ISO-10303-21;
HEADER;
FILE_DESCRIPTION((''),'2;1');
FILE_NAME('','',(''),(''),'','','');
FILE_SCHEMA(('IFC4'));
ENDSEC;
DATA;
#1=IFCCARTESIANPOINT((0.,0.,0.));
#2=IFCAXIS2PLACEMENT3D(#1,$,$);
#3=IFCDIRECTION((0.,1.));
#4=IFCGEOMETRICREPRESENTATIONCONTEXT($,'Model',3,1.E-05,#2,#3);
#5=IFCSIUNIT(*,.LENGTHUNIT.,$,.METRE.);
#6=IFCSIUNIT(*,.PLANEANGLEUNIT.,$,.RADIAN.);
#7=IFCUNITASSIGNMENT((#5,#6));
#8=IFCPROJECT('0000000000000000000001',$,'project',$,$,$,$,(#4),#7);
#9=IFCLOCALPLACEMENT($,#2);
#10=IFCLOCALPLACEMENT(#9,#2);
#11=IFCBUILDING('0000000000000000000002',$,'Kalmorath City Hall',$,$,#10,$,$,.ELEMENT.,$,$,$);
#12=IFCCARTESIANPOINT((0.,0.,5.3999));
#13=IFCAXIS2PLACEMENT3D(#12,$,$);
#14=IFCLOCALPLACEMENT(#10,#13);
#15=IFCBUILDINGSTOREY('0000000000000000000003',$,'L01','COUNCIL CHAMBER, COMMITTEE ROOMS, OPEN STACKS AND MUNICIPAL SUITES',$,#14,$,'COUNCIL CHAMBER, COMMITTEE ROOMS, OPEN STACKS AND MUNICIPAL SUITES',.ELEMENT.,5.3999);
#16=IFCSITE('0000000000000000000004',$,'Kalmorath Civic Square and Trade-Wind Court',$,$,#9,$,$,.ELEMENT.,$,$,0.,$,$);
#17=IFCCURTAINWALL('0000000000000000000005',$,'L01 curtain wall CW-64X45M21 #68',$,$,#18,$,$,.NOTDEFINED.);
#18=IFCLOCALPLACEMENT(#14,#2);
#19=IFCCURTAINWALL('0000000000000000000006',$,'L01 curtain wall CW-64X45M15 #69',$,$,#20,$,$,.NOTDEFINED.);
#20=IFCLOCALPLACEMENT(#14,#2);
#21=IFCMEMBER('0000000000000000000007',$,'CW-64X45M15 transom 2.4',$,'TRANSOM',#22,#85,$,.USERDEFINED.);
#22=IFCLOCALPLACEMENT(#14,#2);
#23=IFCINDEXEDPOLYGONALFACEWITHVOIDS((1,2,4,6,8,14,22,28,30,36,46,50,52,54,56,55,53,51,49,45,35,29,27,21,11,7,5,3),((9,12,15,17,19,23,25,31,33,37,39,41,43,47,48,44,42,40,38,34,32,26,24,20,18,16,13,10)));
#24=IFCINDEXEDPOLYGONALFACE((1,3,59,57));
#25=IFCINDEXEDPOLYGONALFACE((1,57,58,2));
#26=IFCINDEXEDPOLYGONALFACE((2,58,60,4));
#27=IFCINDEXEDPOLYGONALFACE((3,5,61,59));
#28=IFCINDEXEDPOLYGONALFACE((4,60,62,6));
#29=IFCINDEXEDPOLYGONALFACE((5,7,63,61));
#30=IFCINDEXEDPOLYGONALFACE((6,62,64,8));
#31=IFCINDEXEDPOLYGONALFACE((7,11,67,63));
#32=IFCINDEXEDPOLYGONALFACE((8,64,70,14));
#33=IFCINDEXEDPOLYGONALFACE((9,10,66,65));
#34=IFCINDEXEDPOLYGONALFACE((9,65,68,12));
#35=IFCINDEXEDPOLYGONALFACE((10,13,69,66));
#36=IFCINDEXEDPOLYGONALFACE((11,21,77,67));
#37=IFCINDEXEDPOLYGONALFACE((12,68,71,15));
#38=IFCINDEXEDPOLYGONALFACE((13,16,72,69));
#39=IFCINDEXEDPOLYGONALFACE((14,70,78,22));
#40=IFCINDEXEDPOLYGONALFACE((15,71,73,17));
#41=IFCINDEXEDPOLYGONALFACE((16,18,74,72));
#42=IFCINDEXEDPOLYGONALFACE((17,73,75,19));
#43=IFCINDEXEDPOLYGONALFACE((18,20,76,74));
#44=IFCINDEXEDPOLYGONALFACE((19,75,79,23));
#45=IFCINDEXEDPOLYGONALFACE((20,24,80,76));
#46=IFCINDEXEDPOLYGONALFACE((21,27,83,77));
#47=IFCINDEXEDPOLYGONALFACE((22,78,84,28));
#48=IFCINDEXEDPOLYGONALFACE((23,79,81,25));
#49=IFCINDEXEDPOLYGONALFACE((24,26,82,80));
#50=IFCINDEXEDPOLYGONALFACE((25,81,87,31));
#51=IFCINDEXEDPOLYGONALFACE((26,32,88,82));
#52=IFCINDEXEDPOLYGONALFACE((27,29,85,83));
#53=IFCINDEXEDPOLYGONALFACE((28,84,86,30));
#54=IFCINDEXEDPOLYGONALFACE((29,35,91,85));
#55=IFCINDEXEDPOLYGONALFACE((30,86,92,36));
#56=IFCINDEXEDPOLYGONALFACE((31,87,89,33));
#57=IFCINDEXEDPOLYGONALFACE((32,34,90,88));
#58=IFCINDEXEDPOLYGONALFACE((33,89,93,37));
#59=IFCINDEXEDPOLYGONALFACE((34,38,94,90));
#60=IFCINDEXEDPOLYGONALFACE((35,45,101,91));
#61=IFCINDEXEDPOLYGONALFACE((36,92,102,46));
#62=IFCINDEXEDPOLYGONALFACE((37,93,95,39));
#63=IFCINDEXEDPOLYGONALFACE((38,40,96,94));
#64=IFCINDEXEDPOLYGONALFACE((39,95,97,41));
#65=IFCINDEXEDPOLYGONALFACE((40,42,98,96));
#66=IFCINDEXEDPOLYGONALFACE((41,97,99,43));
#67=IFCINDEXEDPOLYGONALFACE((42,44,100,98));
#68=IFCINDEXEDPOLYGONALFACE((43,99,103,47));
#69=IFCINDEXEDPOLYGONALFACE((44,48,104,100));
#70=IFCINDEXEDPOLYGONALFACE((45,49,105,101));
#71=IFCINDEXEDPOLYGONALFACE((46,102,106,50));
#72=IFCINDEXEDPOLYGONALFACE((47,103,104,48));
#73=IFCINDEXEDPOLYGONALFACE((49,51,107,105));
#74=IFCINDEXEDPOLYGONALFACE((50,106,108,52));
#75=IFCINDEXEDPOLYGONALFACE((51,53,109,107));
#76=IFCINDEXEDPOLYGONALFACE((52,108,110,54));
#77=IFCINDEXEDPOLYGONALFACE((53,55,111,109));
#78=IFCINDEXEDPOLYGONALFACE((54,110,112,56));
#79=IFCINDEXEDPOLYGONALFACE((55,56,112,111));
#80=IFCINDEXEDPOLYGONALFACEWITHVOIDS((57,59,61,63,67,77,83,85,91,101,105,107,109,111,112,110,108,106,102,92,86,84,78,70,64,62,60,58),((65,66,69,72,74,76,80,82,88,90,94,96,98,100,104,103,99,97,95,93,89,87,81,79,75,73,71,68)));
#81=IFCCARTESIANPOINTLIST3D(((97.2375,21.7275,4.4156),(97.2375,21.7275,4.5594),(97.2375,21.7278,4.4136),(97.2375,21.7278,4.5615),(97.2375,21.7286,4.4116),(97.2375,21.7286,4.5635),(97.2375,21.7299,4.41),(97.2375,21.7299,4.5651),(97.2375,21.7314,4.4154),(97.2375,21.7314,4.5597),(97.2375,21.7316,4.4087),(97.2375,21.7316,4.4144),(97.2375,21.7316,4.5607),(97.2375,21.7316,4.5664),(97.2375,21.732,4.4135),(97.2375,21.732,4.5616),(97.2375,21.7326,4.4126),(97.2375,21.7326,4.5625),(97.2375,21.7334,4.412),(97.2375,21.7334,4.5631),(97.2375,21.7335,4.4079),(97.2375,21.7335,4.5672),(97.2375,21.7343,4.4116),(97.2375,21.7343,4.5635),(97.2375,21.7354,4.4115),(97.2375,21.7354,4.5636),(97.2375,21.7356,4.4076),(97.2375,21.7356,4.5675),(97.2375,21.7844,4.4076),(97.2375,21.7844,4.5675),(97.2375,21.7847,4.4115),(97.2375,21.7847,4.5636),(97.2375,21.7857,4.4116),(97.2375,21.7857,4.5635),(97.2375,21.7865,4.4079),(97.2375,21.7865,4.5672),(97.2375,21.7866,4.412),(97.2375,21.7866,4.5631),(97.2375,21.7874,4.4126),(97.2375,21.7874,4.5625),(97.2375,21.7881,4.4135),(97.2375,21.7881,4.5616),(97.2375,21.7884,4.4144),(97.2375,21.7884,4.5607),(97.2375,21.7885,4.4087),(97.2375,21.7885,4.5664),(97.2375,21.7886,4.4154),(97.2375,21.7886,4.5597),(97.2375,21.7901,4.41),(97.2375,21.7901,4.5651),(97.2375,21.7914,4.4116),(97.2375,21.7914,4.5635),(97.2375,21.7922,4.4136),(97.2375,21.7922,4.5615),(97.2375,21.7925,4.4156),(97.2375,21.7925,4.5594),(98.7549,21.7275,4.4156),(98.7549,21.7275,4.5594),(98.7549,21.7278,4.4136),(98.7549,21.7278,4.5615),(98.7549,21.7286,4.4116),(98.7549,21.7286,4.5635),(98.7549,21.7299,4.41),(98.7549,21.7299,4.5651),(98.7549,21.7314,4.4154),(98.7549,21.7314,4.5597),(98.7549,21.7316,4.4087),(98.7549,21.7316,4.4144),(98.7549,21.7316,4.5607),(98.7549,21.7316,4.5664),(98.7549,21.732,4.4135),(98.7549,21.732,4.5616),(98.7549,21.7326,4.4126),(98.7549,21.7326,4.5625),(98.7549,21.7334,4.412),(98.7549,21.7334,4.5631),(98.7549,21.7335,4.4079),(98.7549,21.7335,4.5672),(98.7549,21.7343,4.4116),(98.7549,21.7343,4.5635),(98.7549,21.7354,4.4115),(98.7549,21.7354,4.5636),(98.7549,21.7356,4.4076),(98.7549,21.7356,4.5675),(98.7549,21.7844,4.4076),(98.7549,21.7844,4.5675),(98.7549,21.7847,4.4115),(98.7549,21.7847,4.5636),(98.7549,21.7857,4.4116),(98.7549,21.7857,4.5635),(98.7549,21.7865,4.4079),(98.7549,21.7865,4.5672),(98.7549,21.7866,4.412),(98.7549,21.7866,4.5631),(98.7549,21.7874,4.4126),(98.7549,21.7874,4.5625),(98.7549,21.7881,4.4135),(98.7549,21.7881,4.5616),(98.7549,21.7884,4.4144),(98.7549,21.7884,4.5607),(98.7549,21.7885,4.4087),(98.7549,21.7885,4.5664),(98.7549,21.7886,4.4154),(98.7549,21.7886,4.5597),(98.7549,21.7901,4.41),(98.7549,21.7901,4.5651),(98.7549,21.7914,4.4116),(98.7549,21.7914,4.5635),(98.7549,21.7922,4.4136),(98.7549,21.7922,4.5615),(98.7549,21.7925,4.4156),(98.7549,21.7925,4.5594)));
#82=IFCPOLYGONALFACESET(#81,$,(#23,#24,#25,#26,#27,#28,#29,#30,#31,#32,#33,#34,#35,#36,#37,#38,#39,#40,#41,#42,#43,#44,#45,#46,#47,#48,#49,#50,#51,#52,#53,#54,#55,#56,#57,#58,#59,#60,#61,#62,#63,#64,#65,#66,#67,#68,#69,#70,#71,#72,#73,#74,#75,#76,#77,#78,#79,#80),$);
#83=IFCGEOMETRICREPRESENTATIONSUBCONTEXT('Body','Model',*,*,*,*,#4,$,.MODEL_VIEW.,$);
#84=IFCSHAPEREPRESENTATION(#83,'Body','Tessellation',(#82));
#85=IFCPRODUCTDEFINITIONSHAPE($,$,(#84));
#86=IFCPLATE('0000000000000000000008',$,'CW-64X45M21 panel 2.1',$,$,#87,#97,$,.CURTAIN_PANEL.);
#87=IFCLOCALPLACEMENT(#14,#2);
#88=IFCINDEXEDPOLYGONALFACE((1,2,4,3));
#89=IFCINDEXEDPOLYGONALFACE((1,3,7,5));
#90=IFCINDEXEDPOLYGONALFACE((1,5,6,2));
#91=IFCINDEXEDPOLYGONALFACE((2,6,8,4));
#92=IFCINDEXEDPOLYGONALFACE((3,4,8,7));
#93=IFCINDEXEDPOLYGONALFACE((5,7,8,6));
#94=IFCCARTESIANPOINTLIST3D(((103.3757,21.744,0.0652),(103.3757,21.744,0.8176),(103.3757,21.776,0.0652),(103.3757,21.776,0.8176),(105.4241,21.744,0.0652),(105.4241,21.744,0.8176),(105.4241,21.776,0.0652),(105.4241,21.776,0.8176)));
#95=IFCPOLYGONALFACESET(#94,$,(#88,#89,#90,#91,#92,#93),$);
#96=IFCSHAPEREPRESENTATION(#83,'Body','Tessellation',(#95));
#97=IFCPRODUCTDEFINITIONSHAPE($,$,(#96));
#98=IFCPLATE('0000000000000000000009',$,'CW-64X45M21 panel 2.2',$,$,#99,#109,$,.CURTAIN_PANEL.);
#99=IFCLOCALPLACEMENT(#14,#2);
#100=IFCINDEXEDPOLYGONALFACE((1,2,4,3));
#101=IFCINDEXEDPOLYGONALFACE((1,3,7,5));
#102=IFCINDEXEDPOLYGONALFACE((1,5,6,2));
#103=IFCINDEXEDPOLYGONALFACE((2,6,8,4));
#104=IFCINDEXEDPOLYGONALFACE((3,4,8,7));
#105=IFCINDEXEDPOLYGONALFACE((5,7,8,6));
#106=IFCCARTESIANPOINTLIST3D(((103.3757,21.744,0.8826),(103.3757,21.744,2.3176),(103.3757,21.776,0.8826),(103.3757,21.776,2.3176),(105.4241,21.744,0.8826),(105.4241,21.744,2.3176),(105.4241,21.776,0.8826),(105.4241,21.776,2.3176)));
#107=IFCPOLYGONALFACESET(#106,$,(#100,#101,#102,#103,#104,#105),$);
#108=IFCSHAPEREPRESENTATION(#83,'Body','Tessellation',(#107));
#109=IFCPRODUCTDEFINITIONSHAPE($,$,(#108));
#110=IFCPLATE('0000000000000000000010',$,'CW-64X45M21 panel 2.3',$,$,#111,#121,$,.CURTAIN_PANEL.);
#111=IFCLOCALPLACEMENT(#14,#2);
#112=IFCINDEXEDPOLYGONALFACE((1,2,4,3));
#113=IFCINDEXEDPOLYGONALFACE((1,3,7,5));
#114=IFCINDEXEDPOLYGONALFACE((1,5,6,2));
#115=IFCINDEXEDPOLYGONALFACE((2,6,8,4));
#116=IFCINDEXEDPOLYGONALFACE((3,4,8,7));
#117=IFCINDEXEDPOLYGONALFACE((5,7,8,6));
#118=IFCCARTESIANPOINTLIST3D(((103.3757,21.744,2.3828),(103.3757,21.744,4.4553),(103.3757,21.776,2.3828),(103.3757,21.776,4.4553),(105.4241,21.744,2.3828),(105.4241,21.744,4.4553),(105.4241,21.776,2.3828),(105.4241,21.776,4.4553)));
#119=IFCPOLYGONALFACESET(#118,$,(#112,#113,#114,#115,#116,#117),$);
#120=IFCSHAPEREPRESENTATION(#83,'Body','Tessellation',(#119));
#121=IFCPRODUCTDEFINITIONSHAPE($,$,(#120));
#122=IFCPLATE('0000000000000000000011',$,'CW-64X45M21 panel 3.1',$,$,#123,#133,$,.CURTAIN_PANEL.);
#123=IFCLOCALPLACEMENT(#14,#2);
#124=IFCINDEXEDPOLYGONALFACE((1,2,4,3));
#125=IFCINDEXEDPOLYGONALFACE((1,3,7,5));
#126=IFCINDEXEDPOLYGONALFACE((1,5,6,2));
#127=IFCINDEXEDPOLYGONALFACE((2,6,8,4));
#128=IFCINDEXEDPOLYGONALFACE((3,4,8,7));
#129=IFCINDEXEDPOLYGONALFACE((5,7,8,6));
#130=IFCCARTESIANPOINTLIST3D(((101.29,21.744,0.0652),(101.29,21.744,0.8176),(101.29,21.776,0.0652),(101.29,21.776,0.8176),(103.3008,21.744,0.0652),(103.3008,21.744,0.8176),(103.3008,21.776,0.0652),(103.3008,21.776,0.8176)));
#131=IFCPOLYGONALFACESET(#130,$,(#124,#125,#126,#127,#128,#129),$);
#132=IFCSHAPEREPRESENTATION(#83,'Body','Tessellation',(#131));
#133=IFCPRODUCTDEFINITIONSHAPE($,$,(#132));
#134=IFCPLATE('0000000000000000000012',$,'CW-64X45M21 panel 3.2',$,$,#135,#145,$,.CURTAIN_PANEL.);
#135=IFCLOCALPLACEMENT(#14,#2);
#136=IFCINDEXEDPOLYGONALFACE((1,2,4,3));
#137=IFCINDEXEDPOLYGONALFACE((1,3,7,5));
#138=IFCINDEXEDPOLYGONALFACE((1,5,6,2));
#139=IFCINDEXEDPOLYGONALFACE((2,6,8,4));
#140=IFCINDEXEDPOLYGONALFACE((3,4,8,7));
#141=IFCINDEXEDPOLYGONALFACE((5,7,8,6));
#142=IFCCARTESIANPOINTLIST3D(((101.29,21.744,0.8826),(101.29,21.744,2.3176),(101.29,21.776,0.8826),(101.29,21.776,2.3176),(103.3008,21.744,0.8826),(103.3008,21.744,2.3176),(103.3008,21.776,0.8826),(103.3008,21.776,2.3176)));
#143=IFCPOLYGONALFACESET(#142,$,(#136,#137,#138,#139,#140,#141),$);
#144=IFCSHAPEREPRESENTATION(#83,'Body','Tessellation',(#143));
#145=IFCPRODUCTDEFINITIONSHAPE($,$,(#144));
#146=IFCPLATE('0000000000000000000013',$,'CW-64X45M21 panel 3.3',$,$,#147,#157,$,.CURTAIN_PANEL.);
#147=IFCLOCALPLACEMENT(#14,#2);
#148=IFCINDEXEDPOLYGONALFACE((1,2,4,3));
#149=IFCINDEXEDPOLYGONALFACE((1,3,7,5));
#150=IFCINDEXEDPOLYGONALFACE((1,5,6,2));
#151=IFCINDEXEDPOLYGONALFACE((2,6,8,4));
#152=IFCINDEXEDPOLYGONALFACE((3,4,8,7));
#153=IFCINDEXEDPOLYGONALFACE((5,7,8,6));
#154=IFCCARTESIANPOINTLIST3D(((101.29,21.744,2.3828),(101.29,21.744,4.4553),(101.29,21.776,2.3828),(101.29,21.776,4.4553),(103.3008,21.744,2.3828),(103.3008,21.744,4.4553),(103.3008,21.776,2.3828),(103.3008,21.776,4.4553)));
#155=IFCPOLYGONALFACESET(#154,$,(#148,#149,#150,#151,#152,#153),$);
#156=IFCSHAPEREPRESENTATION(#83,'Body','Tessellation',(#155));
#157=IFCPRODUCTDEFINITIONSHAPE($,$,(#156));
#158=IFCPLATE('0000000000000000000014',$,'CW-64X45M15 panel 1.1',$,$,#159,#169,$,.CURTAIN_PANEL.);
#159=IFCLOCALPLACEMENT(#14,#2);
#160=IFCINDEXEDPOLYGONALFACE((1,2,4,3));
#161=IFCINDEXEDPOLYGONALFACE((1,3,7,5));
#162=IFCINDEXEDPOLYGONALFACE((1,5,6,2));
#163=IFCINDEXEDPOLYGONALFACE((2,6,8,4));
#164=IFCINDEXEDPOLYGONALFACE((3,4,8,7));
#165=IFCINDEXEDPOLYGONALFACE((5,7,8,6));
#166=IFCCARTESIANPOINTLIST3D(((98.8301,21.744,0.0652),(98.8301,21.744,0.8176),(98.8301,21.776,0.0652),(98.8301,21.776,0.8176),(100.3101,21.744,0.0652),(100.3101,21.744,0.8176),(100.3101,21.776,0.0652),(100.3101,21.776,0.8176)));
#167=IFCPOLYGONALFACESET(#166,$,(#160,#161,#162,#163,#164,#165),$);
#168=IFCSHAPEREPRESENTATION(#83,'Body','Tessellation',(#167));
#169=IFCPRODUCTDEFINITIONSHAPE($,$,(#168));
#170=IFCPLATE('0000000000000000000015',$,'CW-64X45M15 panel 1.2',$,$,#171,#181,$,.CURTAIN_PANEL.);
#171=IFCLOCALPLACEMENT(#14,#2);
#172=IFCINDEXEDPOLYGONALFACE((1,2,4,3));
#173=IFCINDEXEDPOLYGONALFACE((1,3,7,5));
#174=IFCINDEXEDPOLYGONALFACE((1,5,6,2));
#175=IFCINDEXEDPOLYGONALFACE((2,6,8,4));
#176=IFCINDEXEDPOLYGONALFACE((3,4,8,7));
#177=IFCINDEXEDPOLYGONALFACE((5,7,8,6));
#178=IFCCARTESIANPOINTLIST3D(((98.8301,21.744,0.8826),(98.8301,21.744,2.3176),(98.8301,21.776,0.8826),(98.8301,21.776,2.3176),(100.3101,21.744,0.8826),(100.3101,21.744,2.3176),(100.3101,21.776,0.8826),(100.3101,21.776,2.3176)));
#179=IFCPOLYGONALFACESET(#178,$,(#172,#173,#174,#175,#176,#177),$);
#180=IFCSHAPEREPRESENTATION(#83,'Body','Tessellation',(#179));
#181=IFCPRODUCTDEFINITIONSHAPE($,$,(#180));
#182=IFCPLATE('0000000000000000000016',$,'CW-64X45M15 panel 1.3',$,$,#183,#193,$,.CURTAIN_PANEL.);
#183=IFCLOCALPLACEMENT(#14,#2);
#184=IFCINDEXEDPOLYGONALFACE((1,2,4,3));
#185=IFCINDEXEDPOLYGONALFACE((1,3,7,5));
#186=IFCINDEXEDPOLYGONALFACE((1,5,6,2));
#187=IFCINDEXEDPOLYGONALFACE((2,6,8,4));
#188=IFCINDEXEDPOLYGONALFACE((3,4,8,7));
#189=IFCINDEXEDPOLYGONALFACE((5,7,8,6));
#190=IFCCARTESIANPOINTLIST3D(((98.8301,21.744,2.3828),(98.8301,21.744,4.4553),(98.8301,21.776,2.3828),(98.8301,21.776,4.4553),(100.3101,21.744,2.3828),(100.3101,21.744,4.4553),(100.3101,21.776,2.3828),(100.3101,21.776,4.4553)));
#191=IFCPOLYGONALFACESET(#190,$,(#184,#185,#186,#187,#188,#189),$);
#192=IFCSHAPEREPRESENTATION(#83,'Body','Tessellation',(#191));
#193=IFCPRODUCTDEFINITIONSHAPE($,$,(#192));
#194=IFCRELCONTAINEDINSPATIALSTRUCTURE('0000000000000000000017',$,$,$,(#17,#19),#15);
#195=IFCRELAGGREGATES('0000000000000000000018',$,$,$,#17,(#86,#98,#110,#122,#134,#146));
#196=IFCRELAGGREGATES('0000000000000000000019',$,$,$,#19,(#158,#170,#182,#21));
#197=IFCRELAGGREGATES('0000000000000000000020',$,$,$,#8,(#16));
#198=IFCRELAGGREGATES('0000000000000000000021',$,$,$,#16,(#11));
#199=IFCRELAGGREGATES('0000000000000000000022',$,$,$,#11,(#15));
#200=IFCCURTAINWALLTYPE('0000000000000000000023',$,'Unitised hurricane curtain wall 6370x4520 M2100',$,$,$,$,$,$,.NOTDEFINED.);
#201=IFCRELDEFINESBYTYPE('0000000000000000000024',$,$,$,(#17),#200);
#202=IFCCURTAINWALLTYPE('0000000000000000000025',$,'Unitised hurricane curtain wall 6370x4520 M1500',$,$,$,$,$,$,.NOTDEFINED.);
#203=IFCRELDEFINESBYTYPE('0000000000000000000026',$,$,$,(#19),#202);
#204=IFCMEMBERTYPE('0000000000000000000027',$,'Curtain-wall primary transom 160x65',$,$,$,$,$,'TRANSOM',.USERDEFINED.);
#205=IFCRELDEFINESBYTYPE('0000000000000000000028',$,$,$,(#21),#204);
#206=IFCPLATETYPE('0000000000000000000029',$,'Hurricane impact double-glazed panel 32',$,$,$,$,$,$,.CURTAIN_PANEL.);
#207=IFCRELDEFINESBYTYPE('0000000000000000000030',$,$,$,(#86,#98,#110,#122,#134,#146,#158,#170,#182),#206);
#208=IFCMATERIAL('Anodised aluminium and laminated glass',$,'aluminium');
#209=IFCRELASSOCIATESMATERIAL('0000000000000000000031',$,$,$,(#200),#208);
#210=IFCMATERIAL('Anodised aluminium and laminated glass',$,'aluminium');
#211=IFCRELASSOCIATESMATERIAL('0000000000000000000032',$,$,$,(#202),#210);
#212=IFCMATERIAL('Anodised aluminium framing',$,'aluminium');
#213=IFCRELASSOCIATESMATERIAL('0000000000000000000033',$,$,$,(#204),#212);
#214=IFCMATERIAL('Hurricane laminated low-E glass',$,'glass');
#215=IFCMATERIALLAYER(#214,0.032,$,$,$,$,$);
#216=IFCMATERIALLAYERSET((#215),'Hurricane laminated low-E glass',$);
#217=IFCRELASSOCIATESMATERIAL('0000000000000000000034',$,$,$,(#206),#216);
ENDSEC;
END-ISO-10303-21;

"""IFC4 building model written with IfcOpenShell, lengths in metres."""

from ifc_helpers import new_model, si_unit, direction, frame, origin, origin_2d, place, context, subcontext, project, spatial, rectangle, hollow_rectangle, extrude, material, layer, layer_set, material_profile, profile_set, type_object, element, aggregate, save


model = new_model("IFC4")

# Units and contexts
model_context = context("Model", 3, precision=1e-05, world=origin(), true_north=direction((0.0, 1.0)))
body_context = subcontext(model_context, "Body", "Model", "MODEL_VIEW")
ifc_project = project(units=[si_unit("LENGTHUNIT", "METRE"), si_unit("PLANEANGLEUNIT", "RADIAN")], contexts=[model_context])

# Site, building, storey
site_placement = place(None, origin())
site = spatial("IfcSite", under=ifc_project, at=site_placement, Name="Kalmorath Civic Square and Trade-Wind Court", CompositionType="ELEMENT", RefElevation=0.0)
building_placement = place(site_placement, origin())
building = spatial("IfcBuilding", under=site, at=building_placement, Name="Kalmorath City Hall", CompositionType="ELEMENT")
storey_placement = place(building_placement, frame((0.0, 0.0, 5.3999)))
storey = spatial("IfcBuildingStorey", under=building, at=storey_placement, Name="L01", Description="COUNCIL CHAMBER, COMMITTEE ROOMS, OPEN STACKS AND MUNICIPAL SUITES", LongName="COUNCIL CHAMBER, COMMITTEE ROOMS, OPEN STACKS AND MUNICIPAL SUITES", CompositionType="ELEMENT", Elevation=5.3999)

# Curtain walls
ifc_material_1 = material(Name="Anodised aluminium and laminated glass", Category="aluminium")
curtain_wall_type_1 = type_object("IfcCurtainWallType", Name="Unitised hurricane curtain wall 6370x4520 M2100", PredefinedType="NOTDEFINED", material=ifc_material_1)
curtain_wall_1_placement = place(storey_placement, origin())
curtain_wall_1 = element("IfcCurtainWall", 1, at=curtain_wall_1_placement, inside=storey, type_object=curtain_wall_type_1, Name="L01 curtain wall CW-64X45M21 #68", PredefinedType="NOTDEFINED")
ifc_material_2 = material(Name="Anodised aluminium and laminated glass", Category="aluminium")
curtain_wall_type_2 = type_object("IfcCurtainWallType", Name="Unitised hurricane curtain wall 6370x4520 M1500", PredefinedType="NOTDEFINED", material=ifc_material_2)
curtain_wall_2_placement = place(storey_placement, origin())
curtain_wall_2 = element("IfcCurtainWall", 2, at=curtain_wall_2_placement, inside=storey, type_object=curtain_wall_type_2, Name="L01 curtain wall CW-64X45M15 #69", PredefinedType="NOTDEFINED")

# Member
ifc_material_3 = material(Name="Anodised aluminium framing", Category="aluminium")
ifc_material_profile_1 = material_profile(ifc_material_3, hollow_rectangle(XDim=0.0649, YDim=0.1599, WallThickness=0.0039, InnerFilletRadius=0.0039, OuterFilletRadius=0.0081, at=origin_2d()), Name="ALU-TRN-160X65X4")
ifc_profile_set_1 = profile_set([ifc_material_profile_1], Name="Anodised aluminium framing")
member_type_1 = type_object("IfcMemberType", Name="Curtain-wall primary transom 160x65", ElementType="TRANSOM", PredefinedType="USERDEFINED", material=ifc_profile_set_1)
member_1_placement = place(storey_placement, frame((98.7549, 21.76, 4.4875), z_axis=(-1.0, 0.0, 0.0), x_axis=(0.0, -1.0, 0.0)))
member_1 = element("IfcMember", 3, at=member_1_placement, type_object=member_type_1, Name="CW-64X45M15 transom 2.4", ObjectType="TRANSOM", PredefinedType="USERDEFINED", context=body_context, shape_type="SweptSolid", body=[
    extrude(hollow_rectangle(XDim=0.0649, YDim=0.1599, WallThickness=0.0039, InnerFilletRadius=0.0039, OuterFilletRadius=0.0081, at=origin_2d()), origin(), (0.0, 0.0, 1.0), 1.5173),
])

# Plates
ifc_material_4 = material(Name="Hurricane laminated low-E glass", Category="glass")
ifc_layer = layer(ifc_material_4, 0.032)
ifc_layer_set = layer_set([ifc_layer], Name="Hurricane laminated low-E glass")
plate_type = type_object("IfcPlateType", Name="Hurricane impact double-glazed panel 32", PredefinedType="CURTAIN_PANEL", material=ifc_layer_set)
plate_1_placement = place(storey_placement, frame((104.3999, 21.76, 0.0652), z_axis=(0.0, 0.0, 1.0), x_axis=(-1.0, 0.0, 0.0)))
plate_1 = element("IfcPlate", 4, at=plate_1_placement, type_object=plate_type, Name="CW-64X45M21 panel 2.1", PredefinedType="CURTAIN_PANEL", context=body_context, shape_type="SweptSolid", body=[
    extrude(rectangle(XDim=2.0483, YDim=0.032, at=origin_2d()), origin(), (0.0, 0.0, 1.0), 0.7524),
])
plate_2_placement = place(storey_placement, frame((104.3999, 21.76, 0.8826), z_axis=(0.0, 0.0, 1.0), x_axis=(-1.0, 0.0, 0.0)))
plate_2 = element("IfcPlate", 5, at=plate_2_placement, type_object=plate_type, Name="CW-64X45M21 panel 2.2", PredefinedType="CURTAIN_PANEL", context=body_context, shape_type="SweptSolid", body=[
    extrude(rectangle(XDim=2.0483, YDim=0.032, at=origin_2d()), origin(), (0.0, 0.0, 1.0), 1.4351),
])
plate_3_placement = place(storey_placement, frame((104.3999, 21.76, 2.3828), z_axis=(0.0, 0.0, 1.0), x_axis=(-1.0, 0.0, 0.0)))
plate_3 = element("IfcPlate", 6, at=plate_3_placement, type_object=plate_type, Name="CW-64X45M21 panel 2.3", PredefinedType="CURTAIN_PANEL", context=body_context, shape_type="SweptSolid", body=[
    extrude(rectangle(XDim=2.0483, YDim=0.032, at=origin_2d()), origin(), (0.0, 0.0, 1.0), 2.0725),
])
plate_4_placement = place(storey_placement, frame((102.2954, 21.76, 0.0652), z_axis=(0.0, 0.0, 1.0), x_axis=(-1.0, 0.0, 0.0)))
plate_4 = element("IfcPlate", 7, at=plate_4_placement, type_object=plate_type, Name="CW-64X45M21 panel 3.1", PredefinedType="CURTAIN_PANEL", context=body_context, shape_type="SweptSolid", body=[
    extrude(rectangle(XDim=2.0107, YDim=0.032, at=origin_2d()), origin(), (0.0, 0.0, 1.0), 0.7524),
])
plate_5_placement = place(storey_placement, frame((102.2954, 21.76, 0.8826), z_axis=(0.0, 0.0, 1.0), x_axis=(-1.0, 0.0, 0.0)))
plate_5 = element("IfcPlate", 8, at=plate_5_placement, type_object=plate_type, Name="CW-64X45M21 panel 3.2", PredefinedType="CURTAIN_PANEL", context=body_context, shape_type="SweptSolid", body=[
    extrude(rectangle(XDim=2.0107, YDim=0.032, at=origin_2d()), origin(), (0.0, 0.0, 1.0), 1.4351),
])
plate_6_placement = place(storey_placement, frame((102.2954, 21.76, 2.3828), z_axis=(0.0, 0.0, 1.0), x_axis=(-1.0, 0.0, 0.0)))
plate_6 = element("IfcPlate", 9, at=plate_6_placement, type_object=plate_type, Name="CW-64X45M21 panel 3.3", PredefinedType="CURTAIN_PANEL", context=body_context, shape_type="SweptSolid", body=[
    extrude(rectangle(XDim=2.0107, YDim=0.032, at=origin_2d()), origin(), (0.0, 0.0, 1.0), 2.0725),
])
aggregate(curtain_wall_1, [plate_1, plate_2, plate_3, plate_4, plate_5, plate_6])
plate_7_placement = place(storey_placement, frame((99.5701, 21.76, 0.0652), z_axis=(0.0, 0.0, 1.0), x_axis=(-1.0, 0.0, 0.0)))
plate_7 = element("IfcPlate", 10, at=plate_7_placement, type_object=plate_type, Name="CW-64X45M15 panel 1.1", PredefinedType="CURTAIN_PANEL", context=body_context, shape_type="SweptSolid", body=[
    extrude(rectangle(XDim=1.48, YDim=0.032, at=origin_2d()), origin(), (0.0, 0.0, 1.0), 0.7524),
])
plate_8_placement = place(storey_placement, frame((99.5701, 21.76, 0.8826), z_axis=(0.0, 0.0, 1.0), x_axis=(-1.0, 0.0, 0.0)))
plate_8 = element("IfcPlate", 11, at=plate_8_placement, type_object=plate_type, Name="CW-64X45M15 panel 1.2", PredefinedType="CURTAIN_PANEL", context=body_context, shape_type="SweptSolid", body=[
    extrude(rectangle(XDim=1.48, YDim=0.032, at=origin_2d()), origin(), (0.0, 0.0, 1.0), 1.4351),
])
plate_9_placement = place(storey_placement, frame((99.5701, 21.76, 2.3828), z_axis=(0.0, 0.0, 1.0), x_axis=(-1.0, 0.0, 0.0)))
plate_9 = element("IfcPlate", 12, at=plate_9_placement, type_object=plate_type, Name="CW-64X45M15 panel 1.3", PredefinedType="CURTAIN_PANEL", context=body_context, shape_type="SweptSolid", body=[
    extrude(rectangle(XDim=1.48, YDim=0.032, at=origin_2d()), origin(), (0.0, 0.0, 1.0), 2.0725),
])
aggregate(curtain_wall_2, [plate_7, plate_8, plate_9, member_1])

save(model, "model.ifc")
